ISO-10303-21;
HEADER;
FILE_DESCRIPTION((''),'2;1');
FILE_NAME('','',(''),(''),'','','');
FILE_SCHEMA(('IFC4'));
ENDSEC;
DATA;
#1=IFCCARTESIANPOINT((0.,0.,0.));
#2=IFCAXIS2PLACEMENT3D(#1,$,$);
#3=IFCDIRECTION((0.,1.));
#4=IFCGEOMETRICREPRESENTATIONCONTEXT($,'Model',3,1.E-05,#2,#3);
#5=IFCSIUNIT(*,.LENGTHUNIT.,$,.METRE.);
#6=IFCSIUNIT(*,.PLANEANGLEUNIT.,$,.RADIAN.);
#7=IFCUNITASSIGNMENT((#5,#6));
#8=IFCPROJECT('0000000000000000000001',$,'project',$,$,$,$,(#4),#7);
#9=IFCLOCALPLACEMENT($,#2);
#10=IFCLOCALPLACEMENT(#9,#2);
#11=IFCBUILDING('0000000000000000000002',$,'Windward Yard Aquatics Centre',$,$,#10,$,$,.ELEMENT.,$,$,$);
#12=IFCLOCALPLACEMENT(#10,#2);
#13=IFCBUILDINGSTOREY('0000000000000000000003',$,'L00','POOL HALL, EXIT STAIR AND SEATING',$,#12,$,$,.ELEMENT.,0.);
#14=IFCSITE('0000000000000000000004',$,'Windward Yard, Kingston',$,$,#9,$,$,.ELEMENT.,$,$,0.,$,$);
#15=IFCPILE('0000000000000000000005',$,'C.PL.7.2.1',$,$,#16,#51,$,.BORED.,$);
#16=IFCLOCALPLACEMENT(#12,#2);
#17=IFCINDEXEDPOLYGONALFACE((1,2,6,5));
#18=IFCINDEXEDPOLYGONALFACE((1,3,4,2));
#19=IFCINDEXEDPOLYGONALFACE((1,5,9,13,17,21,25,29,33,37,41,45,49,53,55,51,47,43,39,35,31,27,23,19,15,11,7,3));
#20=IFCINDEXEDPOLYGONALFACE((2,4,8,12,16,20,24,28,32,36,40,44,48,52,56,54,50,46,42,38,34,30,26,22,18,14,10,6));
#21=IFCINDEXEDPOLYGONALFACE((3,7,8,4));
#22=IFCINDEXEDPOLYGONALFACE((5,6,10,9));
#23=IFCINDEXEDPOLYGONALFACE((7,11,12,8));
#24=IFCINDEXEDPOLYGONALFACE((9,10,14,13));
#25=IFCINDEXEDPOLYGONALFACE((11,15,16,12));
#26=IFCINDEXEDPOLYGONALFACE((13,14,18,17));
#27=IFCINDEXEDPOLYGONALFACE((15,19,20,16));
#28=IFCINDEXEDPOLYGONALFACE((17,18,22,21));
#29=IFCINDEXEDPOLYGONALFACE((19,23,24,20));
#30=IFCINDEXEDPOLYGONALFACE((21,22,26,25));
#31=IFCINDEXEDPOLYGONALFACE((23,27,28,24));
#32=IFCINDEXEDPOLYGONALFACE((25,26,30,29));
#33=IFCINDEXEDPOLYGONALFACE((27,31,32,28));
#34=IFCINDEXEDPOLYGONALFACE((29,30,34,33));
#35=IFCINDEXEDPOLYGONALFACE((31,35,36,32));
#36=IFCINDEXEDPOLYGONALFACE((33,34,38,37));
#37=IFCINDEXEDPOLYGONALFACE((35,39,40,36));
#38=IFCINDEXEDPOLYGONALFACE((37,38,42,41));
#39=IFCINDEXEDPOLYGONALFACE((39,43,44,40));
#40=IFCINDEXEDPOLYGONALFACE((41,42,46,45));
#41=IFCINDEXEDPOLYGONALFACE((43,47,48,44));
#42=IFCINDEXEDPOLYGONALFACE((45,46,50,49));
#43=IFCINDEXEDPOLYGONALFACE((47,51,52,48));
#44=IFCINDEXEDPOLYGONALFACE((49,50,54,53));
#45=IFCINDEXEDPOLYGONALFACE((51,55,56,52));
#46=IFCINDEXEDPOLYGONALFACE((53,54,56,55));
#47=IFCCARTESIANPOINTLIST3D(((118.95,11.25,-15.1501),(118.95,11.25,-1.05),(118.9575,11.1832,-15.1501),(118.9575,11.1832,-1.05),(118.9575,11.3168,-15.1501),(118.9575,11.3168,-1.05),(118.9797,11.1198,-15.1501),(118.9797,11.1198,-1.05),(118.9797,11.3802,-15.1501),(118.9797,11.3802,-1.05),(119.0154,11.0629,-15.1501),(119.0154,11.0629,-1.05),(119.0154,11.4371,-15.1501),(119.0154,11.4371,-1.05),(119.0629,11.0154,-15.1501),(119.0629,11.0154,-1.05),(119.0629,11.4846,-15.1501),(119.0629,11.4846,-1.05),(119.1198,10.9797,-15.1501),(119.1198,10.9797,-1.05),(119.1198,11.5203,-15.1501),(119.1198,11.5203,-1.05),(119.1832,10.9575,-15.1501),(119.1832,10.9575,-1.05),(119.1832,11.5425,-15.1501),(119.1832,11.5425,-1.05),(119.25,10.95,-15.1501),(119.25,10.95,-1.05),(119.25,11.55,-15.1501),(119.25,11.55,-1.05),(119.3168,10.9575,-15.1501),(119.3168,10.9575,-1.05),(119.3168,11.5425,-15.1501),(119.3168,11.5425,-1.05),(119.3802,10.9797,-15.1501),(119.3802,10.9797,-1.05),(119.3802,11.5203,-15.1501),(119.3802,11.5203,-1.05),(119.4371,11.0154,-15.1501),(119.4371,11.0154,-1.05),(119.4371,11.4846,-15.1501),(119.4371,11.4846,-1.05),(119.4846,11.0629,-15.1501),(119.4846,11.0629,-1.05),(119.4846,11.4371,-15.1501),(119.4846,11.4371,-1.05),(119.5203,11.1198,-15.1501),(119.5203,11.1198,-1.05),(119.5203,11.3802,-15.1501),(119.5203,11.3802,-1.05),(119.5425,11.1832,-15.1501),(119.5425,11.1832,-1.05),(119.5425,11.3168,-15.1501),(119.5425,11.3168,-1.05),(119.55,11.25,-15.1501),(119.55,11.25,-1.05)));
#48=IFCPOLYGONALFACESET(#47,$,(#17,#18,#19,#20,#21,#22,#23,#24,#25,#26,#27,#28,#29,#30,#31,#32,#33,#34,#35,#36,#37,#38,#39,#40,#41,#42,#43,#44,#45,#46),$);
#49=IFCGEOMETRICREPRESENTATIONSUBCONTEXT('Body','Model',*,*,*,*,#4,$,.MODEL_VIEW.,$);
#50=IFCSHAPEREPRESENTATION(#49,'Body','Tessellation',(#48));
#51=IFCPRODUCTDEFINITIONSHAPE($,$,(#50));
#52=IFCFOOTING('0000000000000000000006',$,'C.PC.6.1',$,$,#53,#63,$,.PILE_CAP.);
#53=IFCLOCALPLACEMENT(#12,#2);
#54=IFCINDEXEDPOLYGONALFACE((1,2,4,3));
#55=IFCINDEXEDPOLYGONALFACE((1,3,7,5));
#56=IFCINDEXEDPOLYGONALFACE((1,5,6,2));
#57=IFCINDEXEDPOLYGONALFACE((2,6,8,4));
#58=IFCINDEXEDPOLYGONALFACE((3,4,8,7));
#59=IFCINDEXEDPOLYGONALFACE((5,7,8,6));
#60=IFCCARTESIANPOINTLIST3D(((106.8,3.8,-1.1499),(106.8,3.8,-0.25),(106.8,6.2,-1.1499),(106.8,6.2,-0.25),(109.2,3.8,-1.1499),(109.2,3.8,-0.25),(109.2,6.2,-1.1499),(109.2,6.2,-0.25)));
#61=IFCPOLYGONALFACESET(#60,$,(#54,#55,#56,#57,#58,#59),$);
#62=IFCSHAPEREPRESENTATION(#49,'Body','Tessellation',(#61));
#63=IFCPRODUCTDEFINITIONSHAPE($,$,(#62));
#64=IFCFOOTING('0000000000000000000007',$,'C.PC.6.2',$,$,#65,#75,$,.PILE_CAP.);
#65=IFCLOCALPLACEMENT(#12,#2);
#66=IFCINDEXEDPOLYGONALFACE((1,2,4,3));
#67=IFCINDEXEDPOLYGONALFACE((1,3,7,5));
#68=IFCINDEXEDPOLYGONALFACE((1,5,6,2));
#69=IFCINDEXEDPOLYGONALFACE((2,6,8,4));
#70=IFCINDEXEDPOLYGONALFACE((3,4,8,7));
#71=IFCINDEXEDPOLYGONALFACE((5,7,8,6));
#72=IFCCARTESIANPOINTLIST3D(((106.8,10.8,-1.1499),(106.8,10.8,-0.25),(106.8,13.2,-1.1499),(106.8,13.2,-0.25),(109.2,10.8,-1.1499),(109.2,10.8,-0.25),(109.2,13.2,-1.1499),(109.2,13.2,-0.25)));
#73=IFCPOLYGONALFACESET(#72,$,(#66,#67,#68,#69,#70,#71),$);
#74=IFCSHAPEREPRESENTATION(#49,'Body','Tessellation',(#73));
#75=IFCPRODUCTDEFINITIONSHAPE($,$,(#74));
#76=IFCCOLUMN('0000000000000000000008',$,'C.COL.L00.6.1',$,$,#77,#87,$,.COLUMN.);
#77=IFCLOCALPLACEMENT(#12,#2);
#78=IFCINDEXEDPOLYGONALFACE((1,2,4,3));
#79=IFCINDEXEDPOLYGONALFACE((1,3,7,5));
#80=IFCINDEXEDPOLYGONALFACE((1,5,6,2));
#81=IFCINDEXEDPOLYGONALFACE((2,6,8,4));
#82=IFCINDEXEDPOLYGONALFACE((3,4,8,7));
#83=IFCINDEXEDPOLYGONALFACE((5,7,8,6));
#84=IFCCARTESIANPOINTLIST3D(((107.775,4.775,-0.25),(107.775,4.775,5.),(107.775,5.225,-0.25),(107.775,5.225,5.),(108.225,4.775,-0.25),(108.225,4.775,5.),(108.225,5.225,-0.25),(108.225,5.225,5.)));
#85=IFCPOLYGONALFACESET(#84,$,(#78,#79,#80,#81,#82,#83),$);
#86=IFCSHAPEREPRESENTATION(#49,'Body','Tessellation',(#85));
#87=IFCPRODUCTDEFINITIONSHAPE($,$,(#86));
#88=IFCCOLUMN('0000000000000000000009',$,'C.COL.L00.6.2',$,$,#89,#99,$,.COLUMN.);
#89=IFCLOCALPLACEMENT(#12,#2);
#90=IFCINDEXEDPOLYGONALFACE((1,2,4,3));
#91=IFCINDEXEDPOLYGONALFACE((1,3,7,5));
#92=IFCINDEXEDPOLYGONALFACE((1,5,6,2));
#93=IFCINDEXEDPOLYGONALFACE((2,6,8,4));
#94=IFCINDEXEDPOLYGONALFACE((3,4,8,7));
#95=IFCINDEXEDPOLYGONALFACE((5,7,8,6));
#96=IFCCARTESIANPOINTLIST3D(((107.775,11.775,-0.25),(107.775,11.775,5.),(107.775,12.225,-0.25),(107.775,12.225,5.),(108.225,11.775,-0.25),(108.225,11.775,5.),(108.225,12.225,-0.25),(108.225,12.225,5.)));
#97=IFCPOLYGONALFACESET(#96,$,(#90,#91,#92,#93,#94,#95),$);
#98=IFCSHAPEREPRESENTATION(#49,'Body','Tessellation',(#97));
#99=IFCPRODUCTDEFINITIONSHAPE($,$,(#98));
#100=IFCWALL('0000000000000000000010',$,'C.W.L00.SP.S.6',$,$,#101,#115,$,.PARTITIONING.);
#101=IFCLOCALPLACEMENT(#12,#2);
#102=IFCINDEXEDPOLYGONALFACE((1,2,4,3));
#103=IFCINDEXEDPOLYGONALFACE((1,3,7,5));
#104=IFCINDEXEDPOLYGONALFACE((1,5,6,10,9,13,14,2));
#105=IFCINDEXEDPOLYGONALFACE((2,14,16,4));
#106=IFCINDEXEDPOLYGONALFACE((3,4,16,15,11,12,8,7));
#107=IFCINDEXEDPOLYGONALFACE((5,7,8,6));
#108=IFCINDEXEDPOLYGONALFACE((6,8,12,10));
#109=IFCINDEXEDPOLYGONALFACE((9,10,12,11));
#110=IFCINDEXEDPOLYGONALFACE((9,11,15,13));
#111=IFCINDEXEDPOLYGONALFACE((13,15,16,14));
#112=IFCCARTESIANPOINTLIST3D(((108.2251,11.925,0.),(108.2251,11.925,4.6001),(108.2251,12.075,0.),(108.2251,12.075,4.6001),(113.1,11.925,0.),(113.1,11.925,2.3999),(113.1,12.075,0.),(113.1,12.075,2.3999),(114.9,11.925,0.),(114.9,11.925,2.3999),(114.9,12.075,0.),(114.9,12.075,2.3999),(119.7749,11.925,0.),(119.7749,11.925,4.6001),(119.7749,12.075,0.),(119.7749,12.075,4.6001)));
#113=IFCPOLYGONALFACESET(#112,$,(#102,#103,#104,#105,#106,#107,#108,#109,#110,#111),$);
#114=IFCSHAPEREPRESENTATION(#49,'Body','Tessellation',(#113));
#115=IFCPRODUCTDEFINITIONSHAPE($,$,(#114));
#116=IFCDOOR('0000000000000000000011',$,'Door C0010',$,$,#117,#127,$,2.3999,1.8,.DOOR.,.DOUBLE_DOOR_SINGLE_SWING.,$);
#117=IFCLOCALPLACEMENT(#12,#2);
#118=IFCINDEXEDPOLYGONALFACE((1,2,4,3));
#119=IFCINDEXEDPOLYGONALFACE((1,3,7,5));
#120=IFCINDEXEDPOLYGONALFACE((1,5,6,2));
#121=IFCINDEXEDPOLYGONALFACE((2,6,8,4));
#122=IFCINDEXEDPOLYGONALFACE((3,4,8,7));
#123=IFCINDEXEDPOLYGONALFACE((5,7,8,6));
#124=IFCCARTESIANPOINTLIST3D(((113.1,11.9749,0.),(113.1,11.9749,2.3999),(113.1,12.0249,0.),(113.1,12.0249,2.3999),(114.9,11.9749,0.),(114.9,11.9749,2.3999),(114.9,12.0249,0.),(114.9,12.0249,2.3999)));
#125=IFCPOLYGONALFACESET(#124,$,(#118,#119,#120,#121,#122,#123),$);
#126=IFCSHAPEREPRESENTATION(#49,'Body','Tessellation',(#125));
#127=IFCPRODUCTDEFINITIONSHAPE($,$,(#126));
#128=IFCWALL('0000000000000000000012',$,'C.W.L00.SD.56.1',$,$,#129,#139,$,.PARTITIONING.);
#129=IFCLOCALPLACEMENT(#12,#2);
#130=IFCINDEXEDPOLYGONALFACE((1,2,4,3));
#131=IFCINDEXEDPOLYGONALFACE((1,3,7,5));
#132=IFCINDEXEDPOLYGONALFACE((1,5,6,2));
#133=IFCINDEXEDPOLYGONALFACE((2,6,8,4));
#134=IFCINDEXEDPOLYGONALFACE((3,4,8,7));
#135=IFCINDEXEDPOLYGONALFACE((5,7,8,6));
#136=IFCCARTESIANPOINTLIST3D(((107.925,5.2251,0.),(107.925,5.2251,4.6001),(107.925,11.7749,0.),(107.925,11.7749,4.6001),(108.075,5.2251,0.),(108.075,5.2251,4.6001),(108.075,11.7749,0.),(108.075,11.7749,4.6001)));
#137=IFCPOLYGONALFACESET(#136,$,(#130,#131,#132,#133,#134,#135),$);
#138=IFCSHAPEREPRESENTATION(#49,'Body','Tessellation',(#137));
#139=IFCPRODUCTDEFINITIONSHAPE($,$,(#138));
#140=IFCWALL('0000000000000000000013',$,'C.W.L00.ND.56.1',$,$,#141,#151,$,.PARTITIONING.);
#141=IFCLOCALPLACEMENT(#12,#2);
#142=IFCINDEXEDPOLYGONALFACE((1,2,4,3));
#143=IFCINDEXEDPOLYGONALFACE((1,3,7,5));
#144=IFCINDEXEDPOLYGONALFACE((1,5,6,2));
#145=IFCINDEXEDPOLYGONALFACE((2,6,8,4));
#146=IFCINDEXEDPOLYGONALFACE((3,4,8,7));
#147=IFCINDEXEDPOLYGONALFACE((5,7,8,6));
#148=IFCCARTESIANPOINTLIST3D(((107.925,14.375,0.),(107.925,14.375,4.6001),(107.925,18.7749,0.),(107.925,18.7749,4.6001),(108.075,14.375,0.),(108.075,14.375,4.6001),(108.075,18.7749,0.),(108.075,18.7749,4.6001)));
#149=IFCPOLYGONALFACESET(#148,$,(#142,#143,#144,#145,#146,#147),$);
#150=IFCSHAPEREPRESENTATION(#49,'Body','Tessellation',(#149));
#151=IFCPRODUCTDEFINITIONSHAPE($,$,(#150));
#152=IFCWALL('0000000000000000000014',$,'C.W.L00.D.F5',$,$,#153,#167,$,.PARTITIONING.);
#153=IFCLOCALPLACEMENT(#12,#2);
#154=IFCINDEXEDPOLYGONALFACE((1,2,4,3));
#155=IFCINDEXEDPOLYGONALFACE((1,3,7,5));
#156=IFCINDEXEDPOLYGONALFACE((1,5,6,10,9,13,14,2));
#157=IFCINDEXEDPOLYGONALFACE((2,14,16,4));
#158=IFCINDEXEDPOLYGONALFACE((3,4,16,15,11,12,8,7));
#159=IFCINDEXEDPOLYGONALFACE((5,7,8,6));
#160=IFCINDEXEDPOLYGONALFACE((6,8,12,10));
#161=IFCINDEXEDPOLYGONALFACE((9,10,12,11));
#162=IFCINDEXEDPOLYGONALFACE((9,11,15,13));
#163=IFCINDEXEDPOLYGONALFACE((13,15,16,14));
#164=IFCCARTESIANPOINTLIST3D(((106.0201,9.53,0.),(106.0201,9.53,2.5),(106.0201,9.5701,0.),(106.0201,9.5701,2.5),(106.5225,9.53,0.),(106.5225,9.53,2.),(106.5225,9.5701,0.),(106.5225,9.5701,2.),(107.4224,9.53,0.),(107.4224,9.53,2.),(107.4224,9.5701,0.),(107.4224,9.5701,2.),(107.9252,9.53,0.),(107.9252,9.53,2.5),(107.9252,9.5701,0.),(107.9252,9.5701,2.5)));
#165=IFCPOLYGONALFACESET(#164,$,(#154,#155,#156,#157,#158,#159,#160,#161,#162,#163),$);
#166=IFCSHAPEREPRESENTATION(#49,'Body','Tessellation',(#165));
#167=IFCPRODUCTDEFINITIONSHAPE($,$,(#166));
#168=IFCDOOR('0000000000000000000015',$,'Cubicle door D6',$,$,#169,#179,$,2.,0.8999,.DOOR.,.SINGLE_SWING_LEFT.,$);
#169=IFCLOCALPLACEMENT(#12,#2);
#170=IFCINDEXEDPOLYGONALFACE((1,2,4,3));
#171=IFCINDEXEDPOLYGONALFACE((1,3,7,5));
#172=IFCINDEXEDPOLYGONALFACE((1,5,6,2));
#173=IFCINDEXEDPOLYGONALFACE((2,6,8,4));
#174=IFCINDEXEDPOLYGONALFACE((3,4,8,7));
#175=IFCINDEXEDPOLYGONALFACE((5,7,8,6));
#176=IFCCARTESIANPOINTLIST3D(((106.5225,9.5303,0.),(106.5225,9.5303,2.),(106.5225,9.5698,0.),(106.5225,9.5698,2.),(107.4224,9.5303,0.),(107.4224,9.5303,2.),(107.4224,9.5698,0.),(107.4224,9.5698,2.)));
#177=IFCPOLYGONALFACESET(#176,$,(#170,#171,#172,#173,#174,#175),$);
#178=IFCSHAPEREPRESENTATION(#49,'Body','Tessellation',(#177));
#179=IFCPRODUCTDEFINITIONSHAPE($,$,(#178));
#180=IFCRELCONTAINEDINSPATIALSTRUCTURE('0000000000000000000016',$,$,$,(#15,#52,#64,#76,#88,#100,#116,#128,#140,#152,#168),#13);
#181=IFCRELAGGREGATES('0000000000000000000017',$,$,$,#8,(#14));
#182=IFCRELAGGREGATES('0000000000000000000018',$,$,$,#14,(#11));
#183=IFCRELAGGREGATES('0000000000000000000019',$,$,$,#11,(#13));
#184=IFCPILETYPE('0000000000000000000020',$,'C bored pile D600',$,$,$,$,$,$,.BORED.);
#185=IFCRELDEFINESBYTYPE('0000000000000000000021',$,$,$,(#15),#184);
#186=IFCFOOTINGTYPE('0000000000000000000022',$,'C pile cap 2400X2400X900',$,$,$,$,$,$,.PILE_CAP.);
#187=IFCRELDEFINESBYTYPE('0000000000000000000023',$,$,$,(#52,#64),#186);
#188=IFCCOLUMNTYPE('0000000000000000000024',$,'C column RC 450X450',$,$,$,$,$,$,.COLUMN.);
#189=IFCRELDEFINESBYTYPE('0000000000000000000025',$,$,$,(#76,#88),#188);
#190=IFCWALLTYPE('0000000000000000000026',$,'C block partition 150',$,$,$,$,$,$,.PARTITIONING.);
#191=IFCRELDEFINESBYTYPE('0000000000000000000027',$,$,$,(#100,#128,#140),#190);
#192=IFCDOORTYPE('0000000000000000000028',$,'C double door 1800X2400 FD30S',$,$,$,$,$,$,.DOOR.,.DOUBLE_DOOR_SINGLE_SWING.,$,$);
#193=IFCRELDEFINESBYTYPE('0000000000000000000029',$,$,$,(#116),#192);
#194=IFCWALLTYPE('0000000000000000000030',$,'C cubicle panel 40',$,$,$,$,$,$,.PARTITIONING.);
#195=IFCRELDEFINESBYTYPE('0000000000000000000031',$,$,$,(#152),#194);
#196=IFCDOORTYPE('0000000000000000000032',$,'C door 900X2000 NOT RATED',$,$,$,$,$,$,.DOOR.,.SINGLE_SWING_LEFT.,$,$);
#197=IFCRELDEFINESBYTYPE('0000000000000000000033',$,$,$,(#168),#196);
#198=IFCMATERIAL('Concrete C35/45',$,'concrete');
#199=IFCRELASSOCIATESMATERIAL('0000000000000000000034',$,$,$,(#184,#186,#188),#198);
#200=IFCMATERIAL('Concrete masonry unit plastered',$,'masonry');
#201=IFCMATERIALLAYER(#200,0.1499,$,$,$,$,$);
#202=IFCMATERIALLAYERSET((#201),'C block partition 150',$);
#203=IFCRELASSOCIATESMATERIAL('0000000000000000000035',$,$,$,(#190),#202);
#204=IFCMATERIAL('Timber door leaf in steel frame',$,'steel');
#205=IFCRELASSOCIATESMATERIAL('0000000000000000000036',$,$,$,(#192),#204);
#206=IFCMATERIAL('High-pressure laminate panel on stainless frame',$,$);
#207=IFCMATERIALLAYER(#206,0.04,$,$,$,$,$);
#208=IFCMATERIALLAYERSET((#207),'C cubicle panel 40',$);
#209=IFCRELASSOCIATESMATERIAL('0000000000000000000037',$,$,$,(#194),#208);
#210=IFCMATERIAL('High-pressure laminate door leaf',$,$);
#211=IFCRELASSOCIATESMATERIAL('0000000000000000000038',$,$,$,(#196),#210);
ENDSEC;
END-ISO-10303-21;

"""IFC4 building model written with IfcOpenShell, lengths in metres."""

from ifc_helpers import new_model, si_unit, direction, frame, frame_2d, origin, origin_2d, place, context, subcontext, project, spatial, rectangle, circle, extrude, material, layer, layer_set, material_profile, profile_set, type_object, element, fill, save


model = new_model("IFC4")

# Units and contexts
model_context = context("Model", 3, precision=1e-05, world=origin(), true_north=direction((0.0, 1.0)))
body_context = subcontext(model_context, "Body", "Model", "MODEL_VIEW")
ifc_project = project(units=[si_unit("LENGTHUNIT", "METRE"), si_unit("PLANEANGLEUNIT", "RADIAN")], contexts=[model_context])

# Site, building, storey
site_placement = place(None, origin())
site = spatial("IfcSite", under=ifc_project, at=site_placement, Name="Windward Yard, Kingston", CompositionType="ELEMENT", RefElevation=0.0)
building_placement = place(site_placement, origin())
building = spatial("IfcBuilding", under=site, at=building_placement, Name="Windward Yard Aquatics Centre", CompositionType="ELEMENT")
storey_placement = place(building_placement, origin())
storey = spatial("IfcBuildingStorey", under=building, at=storey_placement, Name="L00", Description="POOL HALL, EXIT STAIR AND SEATING", CompositionType="ELEMENT", Elevation=0.0)

# Pile
ifc_material_1 = material(Name="Concrete C35/45", Category="concrete")
ifc_material_profile_1 = material_profile(ifc_material_1, circle(Radius=0.3, at=origin_2d()), Name="RC D600")
ifc_profile_set_1 = profile_set([ifc_material_profile_1], Name="Concrete C35/45")
pile_type = type_object("IfcPileType", Name="C bored pile D600", PredefinedType="BORED", material=ifc_profile_set_1)
for number, where, z_axis, x_axis, name in (
    (1, (119.25, 11.25, -1.05), (0.0, 0.0, -1.0), (1.0, 0.0, 0.0), "C.PL.7.2.1"),
):
    element("IfcPile", number, at=place(storey_placement, frame(where, z_axis=z_axis, x_axis=x_axis)), inside=storey, type_object=pile_type, Name=name, PredefinedType="BORED", context=body_context, shape_type="SweptSolid", body=[
        extrude(circle(Radius=0.3, at=origin_2d()), origin(), (0.0, 0.0, 1.0), 14.1001),
    ])

# Footings
footing_type = type_object("IfcFootingType", Name="C pile cap 2400X2400X900", PredefinedType="PILE_CAP", material=ifc_material_1)
for number, where, z_axis, x_axis, name in (
    (2, (108.0, 5.0, -1.1499), (0.0, 0.0, 1.0), (1.0, 0.0, 0.0), "C.PC.6.1"),
    (3, (108.0, 12.0, -1.1499), (0.0, 0.0, 1.0), (1.0, 0.0, 0.0), "C.PC.6.2"),
):
    element("IfcFooting", number, at=place(storey_placement, frame(where, z_axis=z_axis, x_axis=x_axis)), inside=storey, type_object=footing_type, Name=name, PredefinedType="PILE_CAP", context=body_context, shape_type="SweptSolid", body=[
        extrude(rectangle(XDim=2.3999, YDim=2.3999, at=origin_2d()), origin(), (0.0, 0.0, 1.0), 0.8999),
    ])

# Columns
ifc_material_profile_2 = material_profile(ifc_material_1, rectangle(XDim=0.45, YDim=0.45, at=origin_2d()), Name="RC 450X450")
ifc_profile_set_2 = profile_set([ifc_material_profile_2], Name="Concrete C35/45")
column_type = type_object("IfcColumnType", Name="C column RC 450X450", PredefinedType="COLUMN", material=ifc_profile_set_2)
for number, where, z_axis, x_axis, name in (
    (4, (108.0, 5.0, -0.25), (0.0, 0.0, 1.0), (1.0, 0.0, 0.0), "C.COL.L00.6.1"),
    (5, (108.0, 12.0, -0.25), (0.0, 0.0, 1.0), (1.0, 0.0, 0.0), "C.COL.L00.6.2"),
):
    element("IfcColumn", number, at=place(storey_placement, frame(where, z_axis=z_axis, x_axis=x_axis)), inside=storey, type_object=column_type, Name=name, PredefinedType="COLUMN", context=body_context, shape_type="SweptSolid", body=[
        extrude(rectangle(XDim=0.45, YDim=0.45, at=origin_2d()), origin(), (0.0, 0.0, 1.0), 5.25),
    ])

# Wall, opening, door
ifc_material_2 = material(Name="Concrete masonry unit plastered", Category="masonry")
ifc_layer_1 = layer(ifc_material_2, 0.1499)
ifc_layer_set_1 = layer_set([ifc_layer_1], Name="C block partition 150")
wall_type_1 = type_object("IfcWallType", Name="C block partition 150", PredefinedType="PARTITIONING", material=ifc_layer_set_1)
wall_1_placement = place(storey_placement, frame((108.2251, 12.0, 0.0), z_axis=(0.0, 0.0, 1.0), x_axis=(1.0, 0.0, 0.0)))
wall_1 = element("IfcWall", 6, at=wall_1_placement, inside=storey, type_object=wall_type_1, Name="C.W.L00.SP.S.6", PredefinedType="PARTITIONING", context=body_context, shape_type="SweptSolid", body=[
    extrude(rectangle(XDim=11.5498, YDim=0.1499, at=frame_2d((5.7749, 0.0))), origin(), (0.0, 0.0, 1.0), 4.6001),
])
opening_1_placement = place(wall_1_placement, frame((4.875, 0.0, 0.0)))
opening_1 = element("IfcOpeningElement", 7, at=opening_1_placement, cuts=wall_1, PredefinedType="OPENING", context=body_context, shape_type="SweptSolid", body=[
    extrude(rectangle(XDim=1.8, YDim=2.3999, at=frame_2d((0.8999, 1.2))), frame((0.0, 0.085, 0.0), z_axis=(0.0, -1.0, 0.0), x_axis=(1.0, 0.0, 0.0)), (0.0, 0.0, 1.0), 0.1699),
])
ifc_material_3 = material(Name="Timber door leaf in steel frame", Category="steel")
door_type_1 = type_object("IfcDoorType", Name="C double door 1800X2400 FD30S", OperationType="DOUBLE_DOOR_SINGLE_SWING", PredefinedType="DOOR", material=ifc_material_3)
door_1_placement = place(opening_1_placement, origin())
door_1 = element("IfcDoor", 8, at=door_1_placement, inside=storey, type_object=door_type_1, Name="Door C0010", OperationType="DOUBLE_DOOR_SINGLE_SWING", OverallHeight=2.3999, OverallWidth=1.8, PredefinedType="DOOR", context=body_context, shape_type="SweptSolid", body=[
    extrude(rectangle(XDim=1.8, YDim=2.3999, at=frame_2d((0.8999, 1.2))), frame((0.0, 0.0249, 0.0), z_axis=(0.0, -1.0, 0.0), x_axis=(1.0, 0.0, 0.0)), (0.0, 0.0, 1.0), 0.05),
])
fill(opening_1, door_1)

# Walls
wall_2_placement = place(storey_placement, frame((108.0, 5.2251, 0.0), z_axis=(0.0, 0.0, 1.0), x_axis=(0.0, 1.0, 0.0)))
element("IfcWall", 9, at=wall_2_placement, inside=storey, type_object=wall_type_1, Name="C.W.L00.SD.56.1", PredefinedType="PARTITIONING", context=body_context, shape_type="SweptSolid", body=[
    extrude(rectangle(XDim=6.5498, YDim=0.1499, at=frame_2d((3.2749, 0.0))), origin(), (0.0, 0.0, 1.0), 4.6001),
])
wall_3_placement = place(storey_placement, frame((108.0, 14.375, 0.0), z_axis=(0.0, 0.0, 1.0), x_axis=(0.0, 1.0, 0.0)))
element("IfcWall", 10, at=wall_3_placement, inside=storey, type_object=wall_type_1, Name="C.W.L00.ND.56.1", PredefinedType="PARTITIONING", context=body_context, shape_type="SweptSolid", body=[
    extrude(rectangle(XDim=4.3999, YDim=0.1499, at=frame_2d((2.2, 0.0))), origin(), (0.0, 0.0, 1.0), 4.6001),
])

# Wall, opening, door
ifc_material_4 = material(Name="High-pressure laminate panel on stainless frame")
ifc_layer_2 = layer(ifc_material_4, 0.04)
ifc_layer_set_2 = layer_set([ifc_layer_2], Name="C cubicle panel 40")
wall_type_2 = type_object("IfcWallType", Name="C cubicle panel 40", PredefinedType="PARTITIONING", material=ifc_layer_set_2)
wall_4_placement = place(storey_placement, frame((106.02, 9.55, 0.0), z_axis=(0.0, 0.0, 1.0), x_axis=(1.0, 0.0, 0.0)))
wall_4 = element("IfcWall", 11, at=wall_4_placement, inside=storey, type_object=wall_type_2, Name="C.W.L00.D.F5", PredefinedType="PARTITIONING", context=body_context, shape_type="SweptSolid", body=[
    extrude(rectangle(XDim=1.905, YDim=0.04, at=frame_2d((0.9526, 0.0))), origin(), (0.0, 0.0, 1.0), 2.5),
])
opening_2_placement = place(wall_4_placement, frame((0.5024, 0.0, 0.0)))
opening_2 = element("IfcOpeningElement", 12, at=opening_2_placement, cuts=wall_4, PredefinedType="OPENING", context=body_context, shape_type="SweptSolid", body=[
    extrude(rectangle(XDim=0.8999, YDim=2.0, at=frame_2d((0.45, 1.0))), frame((0.0, 0.03, 0.0), z_axis=(0.0, -1.0, 0.0), x_axis=(1.0, 0.0, 0.0)), (0.0, 0.0, 1.0), 0.0601),
])
ifc_material_5 = material(Name="High-pressure laminate door leaf")
door_type_2 = type_object("IfcDoorType", Name="C door 900X2000 NOT RATED", OperationType="SINGLE_SWING_LEFT", PredefinedType="DOOR", material=ifc_material_5)
door_2_placement = place(opening_2_placement, origin())
door_2 = element("IfcDoor", 13, at=door_2_placement, inside=storey, type_object=door_type_2, Name="Cubicle door D6", OperationType="SINGLE_SWING_LEFT", OverallHeight=2.0, OverallWidth=0.8999, PredefinedType="DOOR", context=body_context, shape_type="SweptSolid", body=[
    extrude(rectangle(XDim=0.8999, YDim=2.0, at=frame_2d((0.45, 1.0))), frame((0.0, 0.0198, 0.0), z_axis=(0.0, -1.0, 0.0), x_axis=(1.0, 0.0, 0.0)), (0.0, 0.0, 1.0), 0.0396),
])
fill(opening_2, door_2)

save(model, "model.ifc")
